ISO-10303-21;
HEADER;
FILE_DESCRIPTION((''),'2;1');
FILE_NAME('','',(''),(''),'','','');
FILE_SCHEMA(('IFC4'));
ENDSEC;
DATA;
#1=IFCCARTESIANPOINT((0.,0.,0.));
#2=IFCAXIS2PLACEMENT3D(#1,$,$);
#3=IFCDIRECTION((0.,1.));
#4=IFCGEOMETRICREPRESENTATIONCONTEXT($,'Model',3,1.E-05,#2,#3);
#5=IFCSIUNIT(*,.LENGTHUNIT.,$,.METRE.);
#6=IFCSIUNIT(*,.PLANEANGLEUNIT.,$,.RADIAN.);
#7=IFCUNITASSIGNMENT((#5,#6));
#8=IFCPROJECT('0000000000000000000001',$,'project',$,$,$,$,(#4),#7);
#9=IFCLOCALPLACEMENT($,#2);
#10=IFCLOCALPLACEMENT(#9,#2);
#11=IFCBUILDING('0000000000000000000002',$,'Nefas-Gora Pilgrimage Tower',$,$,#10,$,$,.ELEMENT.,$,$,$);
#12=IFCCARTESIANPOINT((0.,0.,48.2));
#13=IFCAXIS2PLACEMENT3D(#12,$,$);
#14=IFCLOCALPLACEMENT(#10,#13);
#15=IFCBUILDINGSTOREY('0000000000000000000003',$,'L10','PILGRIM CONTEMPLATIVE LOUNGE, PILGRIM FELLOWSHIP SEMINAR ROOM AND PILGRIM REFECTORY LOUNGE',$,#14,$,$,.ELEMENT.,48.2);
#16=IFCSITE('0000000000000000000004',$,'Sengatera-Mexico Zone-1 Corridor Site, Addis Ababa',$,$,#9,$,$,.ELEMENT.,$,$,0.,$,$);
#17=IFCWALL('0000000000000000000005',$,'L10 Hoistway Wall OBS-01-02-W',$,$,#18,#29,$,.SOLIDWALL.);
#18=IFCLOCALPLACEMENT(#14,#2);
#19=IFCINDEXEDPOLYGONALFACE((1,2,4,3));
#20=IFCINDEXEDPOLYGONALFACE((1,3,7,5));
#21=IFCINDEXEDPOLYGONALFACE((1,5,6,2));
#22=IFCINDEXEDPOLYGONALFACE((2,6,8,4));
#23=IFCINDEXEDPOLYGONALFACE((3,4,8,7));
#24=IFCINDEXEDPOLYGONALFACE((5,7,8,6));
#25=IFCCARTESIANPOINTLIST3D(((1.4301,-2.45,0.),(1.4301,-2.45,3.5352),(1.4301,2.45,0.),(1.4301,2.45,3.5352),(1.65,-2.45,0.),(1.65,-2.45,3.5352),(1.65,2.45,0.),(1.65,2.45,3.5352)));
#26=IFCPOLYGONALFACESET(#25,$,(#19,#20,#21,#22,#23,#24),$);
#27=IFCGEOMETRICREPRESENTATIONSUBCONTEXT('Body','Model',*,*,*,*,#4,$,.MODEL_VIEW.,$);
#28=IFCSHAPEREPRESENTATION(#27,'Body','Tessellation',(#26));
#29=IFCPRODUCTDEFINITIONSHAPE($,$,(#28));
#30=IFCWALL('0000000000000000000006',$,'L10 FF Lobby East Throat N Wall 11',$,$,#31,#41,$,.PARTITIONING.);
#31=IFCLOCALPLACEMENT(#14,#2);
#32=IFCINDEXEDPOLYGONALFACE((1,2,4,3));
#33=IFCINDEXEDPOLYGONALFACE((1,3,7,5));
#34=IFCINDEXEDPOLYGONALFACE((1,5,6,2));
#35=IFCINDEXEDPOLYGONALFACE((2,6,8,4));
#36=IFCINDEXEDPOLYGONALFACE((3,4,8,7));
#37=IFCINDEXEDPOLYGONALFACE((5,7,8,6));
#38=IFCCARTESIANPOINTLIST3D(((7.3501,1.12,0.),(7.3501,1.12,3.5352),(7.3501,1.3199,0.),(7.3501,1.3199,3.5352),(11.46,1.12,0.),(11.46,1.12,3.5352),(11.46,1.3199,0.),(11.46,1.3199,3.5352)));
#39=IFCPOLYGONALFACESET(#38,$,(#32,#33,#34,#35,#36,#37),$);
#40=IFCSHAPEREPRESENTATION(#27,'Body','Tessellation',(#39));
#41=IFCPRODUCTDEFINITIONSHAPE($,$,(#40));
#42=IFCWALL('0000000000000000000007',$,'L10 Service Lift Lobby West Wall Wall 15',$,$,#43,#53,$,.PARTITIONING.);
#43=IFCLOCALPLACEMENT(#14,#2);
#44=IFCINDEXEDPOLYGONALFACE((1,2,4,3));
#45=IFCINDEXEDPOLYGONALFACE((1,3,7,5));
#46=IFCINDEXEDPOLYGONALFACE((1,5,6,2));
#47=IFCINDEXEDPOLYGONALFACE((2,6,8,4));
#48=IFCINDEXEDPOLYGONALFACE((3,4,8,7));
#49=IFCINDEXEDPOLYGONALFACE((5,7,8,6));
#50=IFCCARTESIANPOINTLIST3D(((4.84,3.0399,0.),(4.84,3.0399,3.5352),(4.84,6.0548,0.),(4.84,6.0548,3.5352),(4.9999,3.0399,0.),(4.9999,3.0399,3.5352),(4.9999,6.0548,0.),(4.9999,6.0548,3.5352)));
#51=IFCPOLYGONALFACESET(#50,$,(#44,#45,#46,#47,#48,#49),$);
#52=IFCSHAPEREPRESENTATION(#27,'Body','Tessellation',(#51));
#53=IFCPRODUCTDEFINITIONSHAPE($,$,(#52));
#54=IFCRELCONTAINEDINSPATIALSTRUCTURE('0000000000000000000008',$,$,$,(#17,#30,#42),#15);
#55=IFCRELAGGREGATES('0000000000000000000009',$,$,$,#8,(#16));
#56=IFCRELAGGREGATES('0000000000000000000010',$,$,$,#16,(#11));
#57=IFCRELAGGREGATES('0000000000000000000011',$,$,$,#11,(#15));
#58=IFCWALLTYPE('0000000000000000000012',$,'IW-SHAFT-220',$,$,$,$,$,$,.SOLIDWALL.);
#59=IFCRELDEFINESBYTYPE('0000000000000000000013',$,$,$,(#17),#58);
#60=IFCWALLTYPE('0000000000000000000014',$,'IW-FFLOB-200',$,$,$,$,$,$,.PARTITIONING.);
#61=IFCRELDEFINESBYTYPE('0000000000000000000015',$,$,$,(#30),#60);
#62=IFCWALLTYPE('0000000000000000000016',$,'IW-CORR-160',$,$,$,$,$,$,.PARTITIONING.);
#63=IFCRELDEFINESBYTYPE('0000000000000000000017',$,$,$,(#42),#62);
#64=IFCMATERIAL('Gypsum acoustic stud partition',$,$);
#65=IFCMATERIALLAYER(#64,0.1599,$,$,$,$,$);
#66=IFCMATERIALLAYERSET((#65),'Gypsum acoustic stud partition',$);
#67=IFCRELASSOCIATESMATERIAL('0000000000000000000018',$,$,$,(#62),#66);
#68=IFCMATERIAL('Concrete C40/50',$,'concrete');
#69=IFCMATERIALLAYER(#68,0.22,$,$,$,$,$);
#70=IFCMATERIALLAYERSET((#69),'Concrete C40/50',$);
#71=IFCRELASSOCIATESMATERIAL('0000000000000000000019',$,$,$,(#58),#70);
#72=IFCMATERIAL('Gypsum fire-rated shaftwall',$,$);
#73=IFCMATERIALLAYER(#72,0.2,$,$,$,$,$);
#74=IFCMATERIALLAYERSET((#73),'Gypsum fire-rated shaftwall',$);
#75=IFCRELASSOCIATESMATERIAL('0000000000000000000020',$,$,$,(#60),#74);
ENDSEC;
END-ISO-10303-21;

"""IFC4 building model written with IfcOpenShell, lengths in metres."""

from ifc_helpers import new_model, si_unit, direction, frame, frame_2d, origin, place, context, subcontext, project, spatial, rectangle, extrude, source, transform, mapped, material, layer, layer_set, type_object, element, save


model = new_model("IFC4")

# Units and contexts
model_context = context("Model", 3, precision=1e-05, world=origin(), true_north=direction((0.0, 1.0)))
body_context = subcontext(model_context, "Body", "Model", "MODEL_VIEW")
ifc_project = project(units=[si_unit("LENGTHUNIT", "METRE"), si_unit("PLANEANGLEUNIT", "RADIAN")], contexts=[model_context])

# Site, building, storey
site_placement = place(None, origin())
site = spatial("IfcSite", under=ifc_project, at=site_placement, Name="Sengatera-Mexico Zone-1 Corridor Site, Addis Ababa", CompositionType="ELEMENT", RefElevation=0.0)
building_placement = place(site_placement, origin())
building = spatial("IfcBuilding", under=site, at=building_placement, Name="Nefas-Gora Pilgrimage Tower", CompositionType="ELEMENT")
storey_placement = place(building_placement, frame((0.0, 0.0, 48.2)))
storey = spatial("IfcBuildingStorey", under=building, at=storey_placement, Name="L10", Description="PILGRIM CONTEMPLATIVE LOUNGE, PILGRIM FELLOWSHIP SEMINAR ROOM AND PILGRIM REFECTORY LOUNGE", CompositionType="ELEMENT", Elevation=48.2)

# Shared definitions
ifc_material_1 = material(Name="Concrete C40/50", Category="concrete")

# Shared definitions
ifc_material_2 = material(Name="Gypsum acoustic stud partition")
ifc_layer_1 = layer(ifc_material_2, 0.1599)
ifc_layer_set_1 = layer_set([ifc_layer_1], Name="Gypsum acoustic stud partition")
wall_type_1 = type_object("IfcWallType", Name="IW-CORR-160", PredefinedType="PARTITIONING", material=ifc_layer_set_1)

# Shared definitions
ifc_layer_2 = layer(ifc_material_1, 0.22)
ifc_layer_set_2 = layer_set([ifc_layer_2], Name="Concrete C40/50")
wall_type_2 = type_object("IfcWallType", Name="IW-SHAFT-220", PredefinedType="SOLIDWALL", material=ifc_layer_set_2)

# Wall
shared_shape_1 = source(origin(), body_context, "Body", "SweptSolid", [
    extrude(rectangle(XDim=4.8999, YDim=0.22, at=frame_2d((2.45, 0.0))), origin(), (0.0, 0.0, 1.0), 3.5352),
])
wall_1_placement = place(storey_placement, frame((1.54, 2.45, 0.0), z_axis=(0.0, 0.0, 1.0), x_axis=(0.0, -1.0, 0.0)))
element("IfcWall", 1, at=wall_1_placement, inside=storey, type_object=wall_type_2, Name="L10 Hoistway Wall OBS-01-02-W", PredefinedType="SOLIDWALL", context=body_context, shape_type="MappedRepresentation", body=[
    mapped(shared_shape_1, transform((0.0, 0.0, 0.0), x_axis=(1.0, 0.0, 0.0), y_axis=(0.0, 1.0, 0.0), z_axis=(0.0, 0.0, 1.0), scale=1.0)),
])

# Shared definitions
ifc_material_3 = material(Name="Gypsum fire-rated shaftwall")
ifc_layer_3 = layer(ifc_material_3, 0.2)
ifc_layer_set_3 = layer_set([ifc_layer_3], Name="Gypsum fire-rated shaftwall")
wall_type_3 = type_object("IfcWallType", Name="IW-FFLOB-200", PredefinedType="PARTITIONING", material=ifc_layer_set_3)

# Walls
shared_shape_2 = source(origin(), body_context, "Body", "SweptSolid", [
    extrude(rectangle(XDim=4.1099, YDim=0.2, at=frame_2d((2.0549, 0.0))), origin(), (0.0, 0.0, 1.0), 3.5352),
])
wall_2_placement = place(storey_placement, frame((7.3501, 1.22, 0.0), z_axis=(0.0, 0.0, 1.0), x_axis=(1.0, 0.0, 0.0)))
element("IfcWall", 2, at=wall_2_placement, inside=storey, type_object=wall_type_3, Name="L10 FF Lobby East Throat N Wall 11", PredefinedType="PARTITIONING", context=body_context, shape_type="MappedRepresentation", body=[
    mapped(shared_shape_2, transform((0.0, 0.0, 0.0), x_axis=(1.0, 0.0, 0.0), y_axis=(0.0, 1.0, 0.0), z_axis=(0.0, 0.0, 1.0), scale=1.0)),
])
shared_shape_3 = source(origin(), body_context, "Body", "SweptSolid", [
    extrude(rectangle(XDim=3.0149, YDim=0.1599, at=frame_2d((1.5073, 0.0))), origin(), (0.0, 0.0, 1.0), 3.5352),
])
wall_3_placement = place(storey_placement, frame((4.9199, 3.04, 0.0), z_axis=(0.0, 0.0, 1.0), x_axis=(0.0, 1.0, 0.0)))
element("IfcWall", 3, at=wall_3_placement, inside=storey, type_object=wall_type_1, Name="L10 Service Lift Lobby West Wall Wall 15", PredefinedType="PARTITIONING", context=body_context, shape_type="MappedRepresentation", body=[
    mapped(shared_shape_3, transform((0.0, 0.0, 0.0), x_axis=(1.0, 0.0, 0.0), y_axis=(0.0, 1.0, 0.0), z_axis=(0.0, 0.0, 1.0), scale=1.0)),
])

save(model, "model.ifc")
